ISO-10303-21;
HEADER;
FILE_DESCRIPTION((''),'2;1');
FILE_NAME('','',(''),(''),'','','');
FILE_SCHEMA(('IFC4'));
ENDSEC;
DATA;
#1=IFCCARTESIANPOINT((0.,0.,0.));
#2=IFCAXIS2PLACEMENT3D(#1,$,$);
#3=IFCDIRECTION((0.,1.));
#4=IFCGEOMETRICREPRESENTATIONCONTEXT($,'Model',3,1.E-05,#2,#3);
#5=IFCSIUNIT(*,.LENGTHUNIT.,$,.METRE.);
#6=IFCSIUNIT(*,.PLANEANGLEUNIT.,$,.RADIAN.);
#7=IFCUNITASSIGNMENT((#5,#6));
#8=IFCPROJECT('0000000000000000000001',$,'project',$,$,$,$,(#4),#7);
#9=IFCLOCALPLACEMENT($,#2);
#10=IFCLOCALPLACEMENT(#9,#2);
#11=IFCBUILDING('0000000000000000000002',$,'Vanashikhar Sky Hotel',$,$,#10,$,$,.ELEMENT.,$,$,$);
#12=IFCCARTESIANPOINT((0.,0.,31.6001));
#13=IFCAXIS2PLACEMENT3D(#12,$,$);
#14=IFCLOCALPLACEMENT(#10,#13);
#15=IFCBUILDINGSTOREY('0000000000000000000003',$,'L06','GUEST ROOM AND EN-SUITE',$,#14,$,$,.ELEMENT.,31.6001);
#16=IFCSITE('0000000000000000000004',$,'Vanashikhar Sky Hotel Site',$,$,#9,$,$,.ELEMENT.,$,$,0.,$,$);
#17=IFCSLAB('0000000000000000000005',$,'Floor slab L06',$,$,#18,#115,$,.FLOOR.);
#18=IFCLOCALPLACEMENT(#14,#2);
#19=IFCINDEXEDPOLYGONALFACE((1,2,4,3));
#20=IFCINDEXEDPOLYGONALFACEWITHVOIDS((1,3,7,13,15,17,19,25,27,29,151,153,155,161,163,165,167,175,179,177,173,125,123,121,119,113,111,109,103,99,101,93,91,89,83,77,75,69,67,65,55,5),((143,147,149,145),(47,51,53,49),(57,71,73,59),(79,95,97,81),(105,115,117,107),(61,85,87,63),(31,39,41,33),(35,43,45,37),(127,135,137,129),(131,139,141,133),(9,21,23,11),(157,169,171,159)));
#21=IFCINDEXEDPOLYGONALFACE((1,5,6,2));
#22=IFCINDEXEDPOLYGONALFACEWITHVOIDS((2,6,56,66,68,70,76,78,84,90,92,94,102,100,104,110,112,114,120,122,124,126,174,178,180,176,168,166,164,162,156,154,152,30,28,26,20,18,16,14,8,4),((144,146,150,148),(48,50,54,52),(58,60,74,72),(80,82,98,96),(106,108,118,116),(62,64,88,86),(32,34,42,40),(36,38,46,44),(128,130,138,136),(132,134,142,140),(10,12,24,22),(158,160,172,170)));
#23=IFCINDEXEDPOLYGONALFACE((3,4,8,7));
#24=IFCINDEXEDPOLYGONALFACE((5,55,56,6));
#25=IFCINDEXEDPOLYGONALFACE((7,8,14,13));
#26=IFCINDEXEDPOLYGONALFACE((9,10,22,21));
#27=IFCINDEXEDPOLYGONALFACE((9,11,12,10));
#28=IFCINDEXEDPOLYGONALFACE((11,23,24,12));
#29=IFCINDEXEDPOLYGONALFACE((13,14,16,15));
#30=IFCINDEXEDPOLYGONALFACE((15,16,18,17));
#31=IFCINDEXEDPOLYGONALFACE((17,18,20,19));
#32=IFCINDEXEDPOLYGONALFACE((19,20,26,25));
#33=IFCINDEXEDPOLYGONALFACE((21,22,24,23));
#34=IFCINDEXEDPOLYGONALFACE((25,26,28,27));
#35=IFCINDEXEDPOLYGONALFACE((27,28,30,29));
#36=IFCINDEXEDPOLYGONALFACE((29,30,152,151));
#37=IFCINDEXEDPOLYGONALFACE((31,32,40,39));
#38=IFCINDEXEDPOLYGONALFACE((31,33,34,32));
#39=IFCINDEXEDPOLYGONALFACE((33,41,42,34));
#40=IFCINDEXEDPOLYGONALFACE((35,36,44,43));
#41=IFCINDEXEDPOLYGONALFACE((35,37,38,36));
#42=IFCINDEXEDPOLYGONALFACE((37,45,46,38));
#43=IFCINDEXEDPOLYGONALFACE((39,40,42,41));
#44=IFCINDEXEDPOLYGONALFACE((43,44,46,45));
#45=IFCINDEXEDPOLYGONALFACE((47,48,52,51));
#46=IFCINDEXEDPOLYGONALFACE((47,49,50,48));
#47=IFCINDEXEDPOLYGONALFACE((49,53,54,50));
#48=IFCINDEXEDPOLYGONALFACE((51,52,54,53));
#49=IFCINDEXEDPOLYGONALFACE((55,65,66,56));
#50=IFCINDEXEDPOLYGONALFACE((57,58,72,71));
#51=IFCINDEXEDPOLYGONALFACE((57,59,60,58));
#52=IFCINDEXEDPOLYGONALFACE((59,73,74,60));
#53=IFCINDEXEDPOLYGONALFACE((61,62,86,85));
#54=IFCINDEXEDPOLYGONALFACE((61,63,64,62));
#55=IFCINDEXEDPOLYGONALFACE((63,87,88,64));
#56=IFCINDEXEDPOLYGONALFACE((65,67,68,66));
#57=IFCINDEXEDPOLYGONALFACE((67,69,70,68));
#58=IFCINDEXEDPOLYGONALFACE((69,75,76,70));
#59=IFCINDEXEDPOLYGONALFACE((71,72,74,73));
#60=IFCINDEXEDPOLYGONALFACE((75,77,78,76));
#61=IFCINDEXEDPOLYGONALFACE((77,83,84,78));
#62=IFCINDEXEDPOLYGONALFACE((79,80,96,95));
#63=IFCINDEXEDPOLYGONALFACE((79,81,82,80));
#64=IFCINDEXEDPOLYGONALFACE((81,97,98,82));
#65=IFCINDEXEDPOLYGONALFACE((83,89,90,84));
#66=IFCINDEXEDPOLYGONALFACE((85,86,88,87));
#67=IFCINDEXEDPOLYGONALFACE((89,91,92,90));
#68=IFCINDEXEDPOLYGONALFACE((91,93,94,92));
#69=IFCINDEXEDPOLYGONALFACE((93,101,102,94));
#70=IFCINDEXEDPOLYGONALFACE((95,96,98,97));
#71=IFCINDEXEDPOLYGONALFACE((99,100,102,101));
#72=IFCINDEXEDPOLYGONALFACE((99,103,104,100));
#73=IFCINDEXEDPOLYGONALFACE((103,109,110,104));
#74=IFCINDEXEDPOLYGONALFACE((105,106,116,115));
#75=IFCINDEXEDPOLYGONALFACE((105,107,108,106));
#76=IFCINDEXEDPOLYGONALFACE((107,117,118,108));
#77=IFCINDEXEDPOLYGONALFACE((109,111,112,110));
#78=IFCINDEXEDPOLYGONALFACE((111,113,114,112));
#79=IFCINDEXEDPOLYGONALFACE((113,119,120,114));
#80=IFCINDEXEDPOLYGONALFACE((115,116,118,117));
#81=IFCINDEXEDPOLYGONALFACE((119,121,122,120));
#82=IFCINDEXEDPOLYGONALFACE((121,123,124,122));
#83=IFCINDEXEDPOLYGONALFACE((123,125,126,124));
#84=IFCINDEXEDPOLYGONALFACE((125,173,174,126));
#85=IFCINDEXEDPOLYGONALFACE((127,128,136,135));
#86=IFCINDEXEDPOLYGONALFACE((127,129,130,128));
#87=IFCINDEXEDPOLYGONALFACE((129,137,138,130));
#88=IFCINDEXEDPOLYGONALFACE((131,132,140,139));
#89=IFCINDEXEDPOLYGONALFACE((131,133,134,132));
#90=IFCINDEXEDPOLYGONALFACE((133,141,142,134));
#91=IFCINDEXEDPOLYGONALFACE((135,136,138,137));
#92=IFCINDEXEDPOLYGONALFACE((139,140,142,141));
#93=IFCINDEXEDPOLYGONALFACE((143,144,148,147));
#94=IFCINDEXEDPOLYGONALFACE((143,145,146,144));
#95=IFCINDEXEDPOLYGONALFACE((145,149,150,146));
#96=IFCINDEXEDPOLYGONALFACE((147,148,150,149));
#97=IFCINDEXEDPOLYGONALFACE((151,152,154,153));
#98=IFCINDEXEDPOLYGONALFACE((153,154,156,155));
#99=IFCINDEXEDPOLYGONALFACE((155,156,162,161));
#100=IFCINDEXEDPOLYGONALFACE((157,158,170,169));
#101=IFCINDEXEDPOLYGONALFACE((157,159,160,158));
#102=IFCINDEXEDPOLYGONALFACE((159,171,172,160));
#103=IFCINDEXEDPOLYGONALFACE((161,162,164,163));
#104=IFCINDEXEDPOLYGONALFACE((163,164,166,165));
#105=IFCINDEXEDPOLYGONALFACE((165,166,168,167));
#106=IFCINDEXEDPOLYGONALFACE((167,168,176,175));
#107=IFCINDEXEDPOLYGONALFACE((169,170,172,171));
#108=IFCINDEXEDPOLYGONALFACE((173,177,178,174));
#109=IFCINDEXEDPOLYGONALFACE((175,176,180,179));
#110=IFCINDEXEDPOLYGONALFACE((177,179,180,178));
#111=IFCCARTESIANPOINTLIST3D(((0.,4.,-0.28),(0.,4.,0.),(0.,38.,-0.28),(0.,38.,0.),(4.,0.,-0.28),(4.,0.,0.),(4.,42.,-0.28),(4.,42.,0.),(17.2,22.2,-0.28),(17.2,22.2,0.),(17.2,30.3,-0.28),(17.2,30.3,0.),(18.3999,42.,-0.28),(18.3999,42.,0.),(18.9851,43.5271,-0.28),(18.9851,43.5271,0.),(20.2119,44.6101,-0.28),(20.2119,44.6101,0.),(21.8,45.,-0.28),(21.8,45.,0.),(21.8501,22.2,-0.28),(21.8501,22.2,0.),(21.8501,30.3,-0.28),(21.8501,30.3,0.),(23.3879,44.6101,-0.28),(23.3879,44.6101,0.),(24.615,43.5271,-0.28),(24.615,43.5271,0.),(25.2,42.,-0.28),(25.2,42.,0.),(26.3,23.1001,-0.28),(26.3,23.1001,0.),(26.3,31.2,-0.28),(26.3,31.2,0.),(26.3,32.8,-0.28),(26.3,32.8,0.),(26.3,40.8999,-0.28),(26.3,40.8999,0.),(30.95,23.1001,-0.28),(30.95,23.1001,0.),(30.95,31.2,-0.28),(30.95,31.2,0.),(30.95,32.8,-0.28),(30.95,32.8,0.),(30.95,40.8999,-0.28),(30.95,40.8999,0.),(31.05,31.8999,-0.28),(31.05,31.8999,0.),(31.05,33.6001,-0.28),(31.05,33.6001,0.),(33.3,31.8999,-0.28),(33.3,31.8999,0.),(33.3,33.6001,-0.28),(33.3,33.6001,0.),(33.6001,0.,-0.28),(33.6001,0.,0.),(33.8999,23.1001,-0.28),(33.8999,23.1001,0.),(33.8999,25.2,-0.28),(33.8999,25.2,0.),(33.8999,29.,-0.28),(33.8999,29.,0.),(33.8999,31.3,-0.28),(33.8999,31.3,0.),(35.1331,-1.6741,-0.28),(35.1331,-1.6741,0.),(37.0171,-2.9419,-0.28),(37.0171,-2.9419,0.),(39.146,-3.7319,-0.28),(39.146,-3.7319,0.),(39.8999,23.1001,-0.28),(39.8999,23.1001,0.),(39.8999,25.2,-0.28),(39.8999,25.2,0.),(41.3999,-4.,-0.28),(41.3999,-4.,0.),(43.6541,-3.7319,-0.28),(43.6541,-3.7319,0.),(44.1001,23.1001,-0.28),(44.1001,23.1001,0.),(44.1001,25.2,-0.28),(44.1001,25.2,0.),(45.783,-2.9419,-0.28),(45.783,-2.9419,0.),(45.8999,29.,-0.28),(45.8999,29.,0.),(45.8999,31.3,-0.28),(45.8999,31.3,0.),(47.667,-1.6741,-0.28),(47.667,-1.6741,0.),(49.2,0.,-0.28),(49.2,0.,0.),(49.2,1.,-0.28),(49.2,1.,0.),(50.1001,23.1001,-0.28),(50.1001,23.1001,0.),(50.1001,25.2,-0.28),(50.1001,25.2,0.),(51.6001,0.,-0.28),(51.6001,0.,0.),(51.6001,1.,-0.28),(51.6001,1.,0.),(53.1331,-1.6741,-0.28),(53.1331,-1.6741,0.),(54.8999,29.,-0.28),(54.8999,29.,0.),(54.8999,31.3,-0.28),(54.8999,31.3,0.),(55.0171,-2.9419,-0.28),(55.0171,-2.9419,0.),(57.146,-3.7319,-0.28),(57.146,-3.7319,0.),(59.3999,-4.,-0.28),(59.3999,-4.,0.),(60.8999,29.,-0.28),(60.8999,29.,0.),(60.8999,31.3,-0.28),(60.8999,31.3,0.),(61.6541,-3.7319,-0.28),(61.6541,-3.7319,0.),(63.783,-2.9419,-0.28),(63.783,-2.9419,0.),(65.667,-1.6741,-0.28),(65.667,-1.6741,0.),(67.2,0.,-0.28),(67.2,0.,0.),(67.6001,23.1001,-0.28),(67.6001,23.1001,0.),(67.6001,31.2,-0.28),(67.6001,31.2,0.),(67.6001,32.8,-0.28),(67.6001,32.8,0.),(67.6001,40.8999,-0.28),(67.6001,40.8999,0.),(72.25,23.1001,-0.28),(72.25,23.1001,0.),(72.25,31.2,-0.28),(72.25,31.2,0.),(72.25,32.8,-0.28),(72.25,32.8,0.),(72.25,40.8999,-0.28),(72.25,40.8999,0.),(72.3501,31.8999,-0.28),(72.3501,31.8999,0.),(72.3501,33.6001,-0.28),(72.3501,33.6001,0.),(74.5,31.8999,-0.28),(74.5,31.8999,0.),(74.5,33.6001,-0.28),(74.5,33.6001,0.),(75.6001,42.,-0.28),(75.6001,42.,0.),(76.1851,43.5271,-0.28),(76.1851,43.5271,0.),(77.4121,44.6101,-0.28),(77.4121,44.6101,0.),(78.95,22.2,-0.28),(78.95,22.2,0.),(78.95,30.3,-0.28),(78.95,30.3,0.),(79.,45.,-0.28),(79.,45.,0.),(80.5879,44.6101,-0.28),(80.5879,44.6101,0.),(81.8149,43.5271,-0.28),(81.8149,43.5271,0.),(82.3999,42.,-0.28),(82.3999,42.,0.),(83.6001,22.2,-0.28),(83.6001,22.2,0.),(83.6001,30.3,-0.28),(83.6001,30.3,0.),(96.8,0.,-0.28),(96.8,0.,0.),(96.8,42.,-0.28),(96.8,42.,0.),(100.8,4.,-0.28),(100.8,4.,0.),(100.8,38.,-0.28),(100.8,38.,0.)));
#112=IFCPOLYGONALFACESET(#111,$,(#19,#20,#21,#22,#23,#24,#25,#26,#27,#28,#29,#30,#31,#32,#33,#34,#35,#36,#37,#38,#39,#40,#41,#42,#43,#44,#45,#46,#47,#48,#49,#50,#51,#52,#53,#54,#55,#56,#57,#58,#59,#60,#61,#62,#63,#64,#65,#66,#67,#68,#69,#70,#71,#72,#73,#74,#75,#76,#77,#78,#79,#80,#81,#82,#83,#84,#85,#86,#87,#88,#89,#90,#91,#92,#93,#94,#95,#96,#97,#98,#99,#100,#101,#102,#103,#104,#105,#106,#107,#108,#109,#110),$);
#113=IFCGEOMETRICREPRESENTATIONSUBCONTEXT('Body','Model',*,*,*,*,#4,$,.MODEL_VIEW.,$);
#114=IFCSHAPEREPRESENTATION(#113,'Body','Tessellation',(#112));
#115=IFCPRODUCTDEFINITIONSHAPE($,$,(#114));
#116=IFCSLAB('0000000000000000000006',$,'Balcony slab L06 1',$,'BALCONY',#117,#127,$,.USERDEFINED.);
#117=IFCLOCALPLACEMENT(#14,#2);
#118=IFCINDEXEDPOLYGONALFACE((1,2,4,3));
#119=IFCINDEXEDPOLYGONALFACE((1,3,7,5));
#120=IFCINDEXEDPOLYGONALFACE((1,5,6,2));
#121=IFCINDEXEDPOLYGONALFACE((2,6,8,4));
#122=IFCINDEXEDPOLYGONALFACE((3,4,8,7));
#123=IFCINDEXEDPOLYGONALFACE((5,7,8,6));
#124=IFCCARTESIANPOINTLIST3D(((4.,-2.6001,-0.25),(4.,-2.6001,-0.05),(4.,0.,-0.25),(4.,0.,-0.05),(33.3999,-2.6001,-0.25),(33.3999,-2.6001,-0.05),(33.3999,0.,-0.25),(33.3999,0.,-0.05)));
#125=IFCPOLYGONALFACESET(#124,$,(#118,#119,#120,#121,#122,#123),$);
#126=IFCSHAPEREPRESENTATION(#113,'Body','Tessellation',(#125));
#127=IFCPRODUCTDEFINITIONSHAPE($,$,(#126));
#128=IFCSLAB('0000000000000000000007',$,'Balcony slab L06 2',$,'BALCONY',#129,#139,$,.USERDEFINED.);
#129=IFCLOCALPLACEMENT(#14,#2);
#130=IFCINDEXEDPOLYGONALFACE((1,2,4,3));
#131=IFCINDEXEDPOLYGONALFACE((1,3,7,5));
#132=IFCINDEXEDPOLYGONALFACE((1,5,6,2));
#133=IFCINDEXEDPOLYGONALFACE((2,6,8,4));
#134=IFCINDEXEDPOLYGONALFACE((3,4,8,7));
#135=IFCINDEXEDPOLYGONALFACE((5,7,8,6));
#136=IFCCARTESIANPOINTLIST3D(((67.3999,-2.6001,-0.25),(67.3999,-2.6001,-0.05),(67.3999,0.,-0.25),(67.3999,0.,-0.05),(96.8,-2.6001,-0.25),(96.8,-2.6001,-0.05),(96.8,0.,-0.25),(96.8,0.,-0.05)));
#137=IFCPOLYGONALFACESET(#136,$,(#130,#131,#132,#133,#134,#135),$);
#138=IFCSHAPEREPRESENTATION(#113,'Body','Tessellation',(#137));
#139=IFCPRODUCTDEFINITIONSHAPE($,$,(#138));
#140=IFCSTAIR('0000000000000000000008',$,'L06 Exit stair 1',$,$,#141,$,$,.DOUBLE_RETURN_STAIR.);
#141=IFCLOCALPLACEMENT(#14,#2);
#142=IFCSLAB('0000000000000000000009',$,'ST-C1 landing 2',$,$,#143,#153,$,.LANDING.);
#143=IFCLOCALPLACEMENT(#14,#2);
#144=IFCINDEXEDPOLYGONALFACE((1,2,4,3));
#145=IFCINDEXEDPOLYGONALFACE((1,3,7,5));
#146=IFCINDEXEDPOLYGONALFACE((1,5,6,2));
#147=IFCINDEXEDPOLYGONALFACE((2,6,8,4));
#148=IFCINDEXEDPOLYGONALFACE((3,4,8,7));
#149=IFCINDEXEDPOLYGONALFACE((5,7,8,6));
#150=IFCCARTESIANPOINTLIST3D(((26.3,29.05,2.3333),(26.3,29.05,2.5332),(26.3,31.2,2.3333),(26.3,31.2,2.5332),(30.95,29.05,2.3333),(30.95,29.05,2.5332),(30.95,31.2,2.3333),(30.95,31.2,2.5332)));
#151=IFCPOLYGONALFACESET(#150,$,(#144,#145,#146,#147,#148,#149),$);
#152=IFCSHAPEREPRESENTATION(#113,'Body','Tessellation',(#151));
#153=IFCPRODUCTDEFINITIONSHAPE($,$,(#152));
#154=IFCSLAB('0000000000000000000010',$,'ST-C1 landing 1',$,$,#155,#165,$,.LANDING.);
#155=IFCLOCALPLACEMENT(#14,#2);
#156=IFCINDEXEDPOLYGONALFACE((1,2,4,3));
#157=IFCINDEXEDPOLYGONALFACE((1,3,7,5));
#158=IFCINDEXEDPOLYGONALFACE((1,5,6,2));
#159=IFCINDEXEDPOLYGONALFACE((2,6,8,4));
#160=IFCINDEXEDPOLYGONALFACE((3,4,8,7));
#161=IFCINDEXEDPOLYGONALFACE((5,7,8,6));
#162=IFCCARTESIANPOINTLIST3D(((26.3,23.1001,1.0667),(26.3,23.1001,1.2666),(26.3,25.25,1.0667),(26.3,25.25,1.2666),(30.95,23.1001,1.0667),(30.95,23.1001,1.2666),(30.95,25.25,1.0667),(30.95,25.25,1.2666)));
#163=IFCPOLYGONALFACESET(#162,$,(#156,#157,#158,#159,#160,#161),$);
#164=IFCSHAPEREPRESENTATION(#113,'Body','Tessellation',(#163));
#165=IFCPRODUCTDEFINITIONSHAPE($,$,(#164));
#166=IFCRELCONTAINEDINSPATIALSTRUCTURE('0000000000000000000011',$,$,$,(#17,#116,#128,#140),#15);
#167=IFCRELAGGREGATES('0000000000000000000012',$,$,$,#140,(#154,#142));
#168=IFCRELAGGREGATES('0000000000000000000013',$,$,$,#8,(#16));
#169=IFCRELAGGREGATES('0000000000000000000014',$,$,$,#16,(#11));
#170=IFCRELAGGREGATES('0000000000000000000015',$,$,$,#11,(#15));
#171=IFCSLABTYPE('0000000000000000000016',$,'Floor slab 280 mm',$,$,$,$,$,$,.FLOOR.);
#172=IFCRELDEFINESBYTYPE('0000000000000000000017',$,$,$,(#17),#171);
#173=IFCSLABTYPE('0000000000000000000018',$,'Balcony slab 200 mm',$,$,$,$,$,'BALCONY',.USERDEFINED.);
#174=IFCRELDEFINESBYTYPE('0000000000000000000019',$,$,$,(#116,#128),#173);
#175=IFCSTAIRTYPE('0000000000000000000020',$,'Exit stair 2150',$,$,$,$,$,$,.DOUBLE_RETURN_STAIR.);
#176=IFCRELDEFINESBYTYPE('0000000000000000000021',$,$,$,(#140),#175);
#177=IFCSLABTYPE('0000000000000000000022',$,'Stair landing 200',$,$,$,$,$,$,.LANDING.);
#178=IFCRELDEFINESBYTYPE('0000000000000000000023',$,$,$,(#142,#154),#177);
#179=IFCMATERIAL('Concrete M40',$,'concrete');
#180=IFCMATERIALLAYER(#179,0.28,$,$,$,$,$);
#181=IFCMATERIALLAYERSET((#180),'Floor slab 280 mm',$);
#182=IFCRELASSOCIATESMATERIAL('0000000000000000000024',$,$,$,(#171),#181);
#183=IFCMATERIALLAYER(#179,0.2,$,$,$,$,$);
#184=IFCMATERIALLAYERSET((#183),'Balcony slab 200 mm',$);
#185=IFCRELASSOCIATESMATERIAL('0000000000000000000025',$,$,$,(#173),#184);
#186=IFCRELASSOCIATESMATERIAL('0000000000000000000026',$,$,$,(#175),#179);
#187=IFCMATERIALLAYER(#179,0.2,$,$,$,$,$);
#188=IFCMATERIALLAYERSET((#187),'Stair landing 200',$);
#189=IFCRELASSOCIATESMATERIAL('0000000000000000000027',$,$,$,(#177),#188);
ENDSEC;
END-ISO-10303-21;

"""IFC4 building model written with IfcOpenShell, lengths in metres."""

from ifc_helpers import new_model, si_unit, direction, frame, origin, place, context, subcontext, project, spatial, polyline, outline, extrude, source, transform, mapped, material, layer, layer_set, type_object, element, aggregate, save


model = new_model("IFC4")

# Units and contexts
model_context = context("Model", 3, precision=1e-05, world=origin(), true_north=direction((0.0, 1.0)))
body_context = subcontext(model_context, "Body", "Model", "MODEL_VIEW")
ifc_project = project(units=[si_unit("LENGTHUNIT", "METRE"), si_unit("PLANEANGLEUNIT", "RADIAN")], contexts=[model_context])

# Site, building, storey
site_placement = place(None, origin())
site = spatial("IfcSite", under=ifc_project, at=site_placement, Name="Vanashikhar Sky Hotel Site", CompositionType="ELEMENT", RefElevation=0.0)
building_placement = place(site_placement, origin())
building = spatial("IfcBuilding", under=site, at=building_placement, Name="Vanashikhar Sky Hotel", CompositionType="ELEMENT")
storey_placement = place(building_placement, frame((0.0, 0.0, 31.6001)))
storey = spatial("IfcBuildingStorey", under=building, at=storey_placement, Name="L06", Description="GUEST ROOM AND EN-SUITE", CompositionType="ELEMENT", Elevation=31.6001)

# Slabs
ifc_material_1 = material(Name="Concrete M40", Category="concrete")
ifc_layer_1 = layer(ifc_material_1, 0.28)
ifc_layer_set_1 = layer_set([ifc_layer_1], Name="Floor slab 280 mm")
slab_type_1 = type_object("IfcSlabType", Name="Floor slab 280 mm", PredefinedType="FLOOR", material=ifc_layer_set_1)
shared_shape_1 = source(origin(), body_context, "Body", "SweptSolid", [
    extrude(outline(polyline([(49.2, 0.0), (49.2, 1.0), (51.6001, 1.0), (51.6001, 0.0), (53.1331, -1.6741), (55.0171, -2.9419), (57.146, -3.7319), (59.3999, -4.0), (61.6541, -3.7319), (63.783, -2.9419), (65.667, -1.6741), (67.2, 0.0), (96.8, 0.0), (100.8, 4.0), (100.8, 38.0), (96.8, 42.0), (82.3999, 42.0), (81.8149, 43.5271), (80.5879, 44.6101), (79.0, 45.0), (77.4121, 44.6101), (76.1851, 43.5271), (75.6001, 42.0), (25.2, 42.0), (24.615, 43.5271), (23.3879, 44.6101), (21.8, 45.0), (20.2119, 44.6101), (18.9851, 43.5271), (18.3999, 42.0), (4.0, 42.0), (0.0, 38.0), (0.0, 4.0), (4.0, 0.0), (33.6001, 0.0), (35.1331, -1.6741), (37.0171, -2.9419), (39.146, -3.7319), (41.3999, -4.0), (43.6541, -3.7319), (45.783, -2.9419), (47.667, -1.6741), (49.2, 0.0)]), holes=[polyline([(33.3, 33.6001), (31.05, 33.6001), (31.05, 31.8999), (33.3, 31.8999), (33.3, 33.6001)]), polyline([(33.8999, 25.2), (33.8999, 23.1001), (39.8999, 23.1001), (39.8999, 25.2), (33.8999, 25.2)]), polyline([(33.8999, 31.3), (33.8999, 29.0), (45.8999, 29.0), (45.8999, 31.3), (33.8999, 31.3)]), polyline([(44.1001, 25.2), (44.1001, 23.1001), (50.1001, 23.1001), (50.1001, 25.2), (44.1001, 25.2)]), polyline([(54.8999, 31.3), (54.8999, 29.0), (60.8999, 29.0), (60.8999, 31.3), (54.8999, 31.3)]), polyline([(74.5, 33.6001), (72.3501, 33.6001), (72.3501, 31.8999), (74.5, 31.8999), (74.5, 33.6001)]), polyline([(30.95, 23.1001), (30.95, 31.2), (26.3, 31.2), (26.3, 23.1001), (30.95, 23.1001)]), polyline([(72.25, 23.1001), (72.25, 31.2), (67.6001, 31.2), (67.6001, 23.1001), (72.25, 23.1001)]), polyline([(30.95, 32.8), (30.95, 40.8999), (26.3, 40.8999), (26.3, 32.8), (30.95, 32.8)]), polyline([(72.25, 32.8), (72.25, 40.8999), (67.6001, 40.8999), (67.6001, 32.8), (72.25, 32.8)]), polyline([(83.6001, 22.2), (83.6001, 30.3), (78.95, 30.3), (78.95, 22.2), (83.6001, 22.2)]), polyline([(21.8501, 22.2), (21.8501, 30.3), (17.2, 30.3), (17.2, 22.2), (21.8501, 22.2)])]), origin(), (0.0, 0.0, 1.0), 0.28),
])
slab_1_placement = place(storey_placement, frame((0.0, 0.0, -0.28)))
element("IfcSlab", 1, at=slab_1_placement, inside=storey, type_object=slab_type_1, Name="Floor slab L06", PredefinedType="FLOOR", context=body_context, shape_type="MappedRepresentation", body=[
    mapped(shared_shape_1, transform((0.0, 0.0, 0.0), scale=1.0)),
])
ifc_layer_2 = layer(ifc_material_1, 0.2)
ifc_layer_set_2 = layer_set([ifc_layer_2], Name="Balcony slab 200 mm")
slab_type_2 = type_object("IfcSlabType", Name="Balcony slab 200 mm", ElementType="BALCONY", PredefinedType="USERDEFINED", material=ifc_layer_set_2)
shared_shape_2 = source(origin(), body_context, "Body", "SweptSolid", [
    extrude(outline(polyline([(4.0, -2.6001), (33.3999, -2.6001), (33.3999, 0.0), (4.0, 0.0), (4.0, -2.6001)])), origin(), (0.0, 0.0, 1.0), 0.2),
])
slab_2_placement = place(storey_placement, frame((0.0, 0.0, -0.25)))
element("IfcSlab", 2, at=slab_2_placement, inside=storey, type_object=slab_type_2, Name="Balcony slab L06 1", ObjectType="BALCONY", PredefinedType="USERDEFINED", context=body_context, shape_type="MappedRepresentation", body=[
    mapped(shared_shape_2, transform((0.0, 0.0, 0.0), scale=1.0)),
])
shared_shape_3 = source(origin(), body_context, "Body", "SweptSolid", [
    extrude(outline(polyline([(67.3999, -2.6001), (96.8, -2.6001), (96.8, 0.0), (67.3999, 0.0), (67.3999, -2.6001)])), origin(), (0.0, 0.0, 1.0), 0.2),
])
slab_3_placement = place(storey_placement, frame((0.0, 0.0, -0.25)))
element("IfcSlab", 3, at=slab_3_placement, inside=storey, type_object=slab_type_2, Name="Balcony slab L06 2", ObjectType="BALCONY", PredefinedType="USERDEFINED", context=body_context, shape_type="MappedRepresentation", body=[
    mapped(shared_shape_3, transform((0.0, 0.0, 0.0), scale=1.0)),
])

# Stair, slabs
stair_type = type_object("IfcStairType", Name="Exit stair 2150", PredefinedType="DOUBLE_RETURN_STAIR", material=ifc_material_1)
stair_1_placement = place(storey_placement, origin())
stair_1 = element("IfcStair", 4, at=stair_1_placement, inside=storey, type_object=stair_type, Name="L06 Exit stair 1", PredefinedType="DOUBLE_RETURN_STAIR")
ifc_layer_3 = layer(ifc_material_1, 0.2)
ifc_layer_set_3 = layer_set([ifc_layer_3], Name="Stair landing 200")
slab_type_3 = type_object("IfcSlabType", Name="Stair landing 200", PredefinedType="LANDING", material=ifc_layer_set_3)
shared_shape_4 = source(origin(), body_context, "Body", "SweptSolid", [
    extrude(outline(polyline([(30.95, 29.05), (30.95, 31.2), (26.3, 31.2), (26.3, 29.05), (30.95, 29.05)])), origin(), (0.0, 0.0, 1.0), 0.2),
])
slab_4_placement = place(storey_placement, frame((0.0, 0.0, 2.3333)))
slab_4 = element("IfcSlab", 5, at=slab_4_placement, type_object=slab_type_3, Name="ST-C1 landing 2", PredefinedType="LANDING", context=body_context, shape_type="MappedRepresentation", body=[
    mapped(shared_shape_4, transform((0.0, 0.0, 0.0), scale=1.0)),
])
shared_shape_5 = source(origin(), body_context, "Body", "SweptSolid", [
    extrude(outline(polyline([(30.95, 23.1001), (30.95, 25.25), (26.3, 25.25), (26.3, 23.1001), (30.95, 23.1001)])), origin(), (0.0, 0.0, 1.0), 0.2),
])
slab_5_placement = place(storey_placement, frame((0.0, 0.0, 1.0667)))
slab_5 = element("IfcSlab", 6, at=slab_5_placement, type_object=slab_type_3, Name="ST-C1 landing 1", PredefinedType="LANDING", context=body_context, shape_type="MappedRepresentation", body=[
    mapped(shared_shape_5, transform((0.0, 0.0, 0.0), scale=1.0)),
])
aggregate(stair_1, [slab_5, slab_4])

save(model, "model.ifc")
